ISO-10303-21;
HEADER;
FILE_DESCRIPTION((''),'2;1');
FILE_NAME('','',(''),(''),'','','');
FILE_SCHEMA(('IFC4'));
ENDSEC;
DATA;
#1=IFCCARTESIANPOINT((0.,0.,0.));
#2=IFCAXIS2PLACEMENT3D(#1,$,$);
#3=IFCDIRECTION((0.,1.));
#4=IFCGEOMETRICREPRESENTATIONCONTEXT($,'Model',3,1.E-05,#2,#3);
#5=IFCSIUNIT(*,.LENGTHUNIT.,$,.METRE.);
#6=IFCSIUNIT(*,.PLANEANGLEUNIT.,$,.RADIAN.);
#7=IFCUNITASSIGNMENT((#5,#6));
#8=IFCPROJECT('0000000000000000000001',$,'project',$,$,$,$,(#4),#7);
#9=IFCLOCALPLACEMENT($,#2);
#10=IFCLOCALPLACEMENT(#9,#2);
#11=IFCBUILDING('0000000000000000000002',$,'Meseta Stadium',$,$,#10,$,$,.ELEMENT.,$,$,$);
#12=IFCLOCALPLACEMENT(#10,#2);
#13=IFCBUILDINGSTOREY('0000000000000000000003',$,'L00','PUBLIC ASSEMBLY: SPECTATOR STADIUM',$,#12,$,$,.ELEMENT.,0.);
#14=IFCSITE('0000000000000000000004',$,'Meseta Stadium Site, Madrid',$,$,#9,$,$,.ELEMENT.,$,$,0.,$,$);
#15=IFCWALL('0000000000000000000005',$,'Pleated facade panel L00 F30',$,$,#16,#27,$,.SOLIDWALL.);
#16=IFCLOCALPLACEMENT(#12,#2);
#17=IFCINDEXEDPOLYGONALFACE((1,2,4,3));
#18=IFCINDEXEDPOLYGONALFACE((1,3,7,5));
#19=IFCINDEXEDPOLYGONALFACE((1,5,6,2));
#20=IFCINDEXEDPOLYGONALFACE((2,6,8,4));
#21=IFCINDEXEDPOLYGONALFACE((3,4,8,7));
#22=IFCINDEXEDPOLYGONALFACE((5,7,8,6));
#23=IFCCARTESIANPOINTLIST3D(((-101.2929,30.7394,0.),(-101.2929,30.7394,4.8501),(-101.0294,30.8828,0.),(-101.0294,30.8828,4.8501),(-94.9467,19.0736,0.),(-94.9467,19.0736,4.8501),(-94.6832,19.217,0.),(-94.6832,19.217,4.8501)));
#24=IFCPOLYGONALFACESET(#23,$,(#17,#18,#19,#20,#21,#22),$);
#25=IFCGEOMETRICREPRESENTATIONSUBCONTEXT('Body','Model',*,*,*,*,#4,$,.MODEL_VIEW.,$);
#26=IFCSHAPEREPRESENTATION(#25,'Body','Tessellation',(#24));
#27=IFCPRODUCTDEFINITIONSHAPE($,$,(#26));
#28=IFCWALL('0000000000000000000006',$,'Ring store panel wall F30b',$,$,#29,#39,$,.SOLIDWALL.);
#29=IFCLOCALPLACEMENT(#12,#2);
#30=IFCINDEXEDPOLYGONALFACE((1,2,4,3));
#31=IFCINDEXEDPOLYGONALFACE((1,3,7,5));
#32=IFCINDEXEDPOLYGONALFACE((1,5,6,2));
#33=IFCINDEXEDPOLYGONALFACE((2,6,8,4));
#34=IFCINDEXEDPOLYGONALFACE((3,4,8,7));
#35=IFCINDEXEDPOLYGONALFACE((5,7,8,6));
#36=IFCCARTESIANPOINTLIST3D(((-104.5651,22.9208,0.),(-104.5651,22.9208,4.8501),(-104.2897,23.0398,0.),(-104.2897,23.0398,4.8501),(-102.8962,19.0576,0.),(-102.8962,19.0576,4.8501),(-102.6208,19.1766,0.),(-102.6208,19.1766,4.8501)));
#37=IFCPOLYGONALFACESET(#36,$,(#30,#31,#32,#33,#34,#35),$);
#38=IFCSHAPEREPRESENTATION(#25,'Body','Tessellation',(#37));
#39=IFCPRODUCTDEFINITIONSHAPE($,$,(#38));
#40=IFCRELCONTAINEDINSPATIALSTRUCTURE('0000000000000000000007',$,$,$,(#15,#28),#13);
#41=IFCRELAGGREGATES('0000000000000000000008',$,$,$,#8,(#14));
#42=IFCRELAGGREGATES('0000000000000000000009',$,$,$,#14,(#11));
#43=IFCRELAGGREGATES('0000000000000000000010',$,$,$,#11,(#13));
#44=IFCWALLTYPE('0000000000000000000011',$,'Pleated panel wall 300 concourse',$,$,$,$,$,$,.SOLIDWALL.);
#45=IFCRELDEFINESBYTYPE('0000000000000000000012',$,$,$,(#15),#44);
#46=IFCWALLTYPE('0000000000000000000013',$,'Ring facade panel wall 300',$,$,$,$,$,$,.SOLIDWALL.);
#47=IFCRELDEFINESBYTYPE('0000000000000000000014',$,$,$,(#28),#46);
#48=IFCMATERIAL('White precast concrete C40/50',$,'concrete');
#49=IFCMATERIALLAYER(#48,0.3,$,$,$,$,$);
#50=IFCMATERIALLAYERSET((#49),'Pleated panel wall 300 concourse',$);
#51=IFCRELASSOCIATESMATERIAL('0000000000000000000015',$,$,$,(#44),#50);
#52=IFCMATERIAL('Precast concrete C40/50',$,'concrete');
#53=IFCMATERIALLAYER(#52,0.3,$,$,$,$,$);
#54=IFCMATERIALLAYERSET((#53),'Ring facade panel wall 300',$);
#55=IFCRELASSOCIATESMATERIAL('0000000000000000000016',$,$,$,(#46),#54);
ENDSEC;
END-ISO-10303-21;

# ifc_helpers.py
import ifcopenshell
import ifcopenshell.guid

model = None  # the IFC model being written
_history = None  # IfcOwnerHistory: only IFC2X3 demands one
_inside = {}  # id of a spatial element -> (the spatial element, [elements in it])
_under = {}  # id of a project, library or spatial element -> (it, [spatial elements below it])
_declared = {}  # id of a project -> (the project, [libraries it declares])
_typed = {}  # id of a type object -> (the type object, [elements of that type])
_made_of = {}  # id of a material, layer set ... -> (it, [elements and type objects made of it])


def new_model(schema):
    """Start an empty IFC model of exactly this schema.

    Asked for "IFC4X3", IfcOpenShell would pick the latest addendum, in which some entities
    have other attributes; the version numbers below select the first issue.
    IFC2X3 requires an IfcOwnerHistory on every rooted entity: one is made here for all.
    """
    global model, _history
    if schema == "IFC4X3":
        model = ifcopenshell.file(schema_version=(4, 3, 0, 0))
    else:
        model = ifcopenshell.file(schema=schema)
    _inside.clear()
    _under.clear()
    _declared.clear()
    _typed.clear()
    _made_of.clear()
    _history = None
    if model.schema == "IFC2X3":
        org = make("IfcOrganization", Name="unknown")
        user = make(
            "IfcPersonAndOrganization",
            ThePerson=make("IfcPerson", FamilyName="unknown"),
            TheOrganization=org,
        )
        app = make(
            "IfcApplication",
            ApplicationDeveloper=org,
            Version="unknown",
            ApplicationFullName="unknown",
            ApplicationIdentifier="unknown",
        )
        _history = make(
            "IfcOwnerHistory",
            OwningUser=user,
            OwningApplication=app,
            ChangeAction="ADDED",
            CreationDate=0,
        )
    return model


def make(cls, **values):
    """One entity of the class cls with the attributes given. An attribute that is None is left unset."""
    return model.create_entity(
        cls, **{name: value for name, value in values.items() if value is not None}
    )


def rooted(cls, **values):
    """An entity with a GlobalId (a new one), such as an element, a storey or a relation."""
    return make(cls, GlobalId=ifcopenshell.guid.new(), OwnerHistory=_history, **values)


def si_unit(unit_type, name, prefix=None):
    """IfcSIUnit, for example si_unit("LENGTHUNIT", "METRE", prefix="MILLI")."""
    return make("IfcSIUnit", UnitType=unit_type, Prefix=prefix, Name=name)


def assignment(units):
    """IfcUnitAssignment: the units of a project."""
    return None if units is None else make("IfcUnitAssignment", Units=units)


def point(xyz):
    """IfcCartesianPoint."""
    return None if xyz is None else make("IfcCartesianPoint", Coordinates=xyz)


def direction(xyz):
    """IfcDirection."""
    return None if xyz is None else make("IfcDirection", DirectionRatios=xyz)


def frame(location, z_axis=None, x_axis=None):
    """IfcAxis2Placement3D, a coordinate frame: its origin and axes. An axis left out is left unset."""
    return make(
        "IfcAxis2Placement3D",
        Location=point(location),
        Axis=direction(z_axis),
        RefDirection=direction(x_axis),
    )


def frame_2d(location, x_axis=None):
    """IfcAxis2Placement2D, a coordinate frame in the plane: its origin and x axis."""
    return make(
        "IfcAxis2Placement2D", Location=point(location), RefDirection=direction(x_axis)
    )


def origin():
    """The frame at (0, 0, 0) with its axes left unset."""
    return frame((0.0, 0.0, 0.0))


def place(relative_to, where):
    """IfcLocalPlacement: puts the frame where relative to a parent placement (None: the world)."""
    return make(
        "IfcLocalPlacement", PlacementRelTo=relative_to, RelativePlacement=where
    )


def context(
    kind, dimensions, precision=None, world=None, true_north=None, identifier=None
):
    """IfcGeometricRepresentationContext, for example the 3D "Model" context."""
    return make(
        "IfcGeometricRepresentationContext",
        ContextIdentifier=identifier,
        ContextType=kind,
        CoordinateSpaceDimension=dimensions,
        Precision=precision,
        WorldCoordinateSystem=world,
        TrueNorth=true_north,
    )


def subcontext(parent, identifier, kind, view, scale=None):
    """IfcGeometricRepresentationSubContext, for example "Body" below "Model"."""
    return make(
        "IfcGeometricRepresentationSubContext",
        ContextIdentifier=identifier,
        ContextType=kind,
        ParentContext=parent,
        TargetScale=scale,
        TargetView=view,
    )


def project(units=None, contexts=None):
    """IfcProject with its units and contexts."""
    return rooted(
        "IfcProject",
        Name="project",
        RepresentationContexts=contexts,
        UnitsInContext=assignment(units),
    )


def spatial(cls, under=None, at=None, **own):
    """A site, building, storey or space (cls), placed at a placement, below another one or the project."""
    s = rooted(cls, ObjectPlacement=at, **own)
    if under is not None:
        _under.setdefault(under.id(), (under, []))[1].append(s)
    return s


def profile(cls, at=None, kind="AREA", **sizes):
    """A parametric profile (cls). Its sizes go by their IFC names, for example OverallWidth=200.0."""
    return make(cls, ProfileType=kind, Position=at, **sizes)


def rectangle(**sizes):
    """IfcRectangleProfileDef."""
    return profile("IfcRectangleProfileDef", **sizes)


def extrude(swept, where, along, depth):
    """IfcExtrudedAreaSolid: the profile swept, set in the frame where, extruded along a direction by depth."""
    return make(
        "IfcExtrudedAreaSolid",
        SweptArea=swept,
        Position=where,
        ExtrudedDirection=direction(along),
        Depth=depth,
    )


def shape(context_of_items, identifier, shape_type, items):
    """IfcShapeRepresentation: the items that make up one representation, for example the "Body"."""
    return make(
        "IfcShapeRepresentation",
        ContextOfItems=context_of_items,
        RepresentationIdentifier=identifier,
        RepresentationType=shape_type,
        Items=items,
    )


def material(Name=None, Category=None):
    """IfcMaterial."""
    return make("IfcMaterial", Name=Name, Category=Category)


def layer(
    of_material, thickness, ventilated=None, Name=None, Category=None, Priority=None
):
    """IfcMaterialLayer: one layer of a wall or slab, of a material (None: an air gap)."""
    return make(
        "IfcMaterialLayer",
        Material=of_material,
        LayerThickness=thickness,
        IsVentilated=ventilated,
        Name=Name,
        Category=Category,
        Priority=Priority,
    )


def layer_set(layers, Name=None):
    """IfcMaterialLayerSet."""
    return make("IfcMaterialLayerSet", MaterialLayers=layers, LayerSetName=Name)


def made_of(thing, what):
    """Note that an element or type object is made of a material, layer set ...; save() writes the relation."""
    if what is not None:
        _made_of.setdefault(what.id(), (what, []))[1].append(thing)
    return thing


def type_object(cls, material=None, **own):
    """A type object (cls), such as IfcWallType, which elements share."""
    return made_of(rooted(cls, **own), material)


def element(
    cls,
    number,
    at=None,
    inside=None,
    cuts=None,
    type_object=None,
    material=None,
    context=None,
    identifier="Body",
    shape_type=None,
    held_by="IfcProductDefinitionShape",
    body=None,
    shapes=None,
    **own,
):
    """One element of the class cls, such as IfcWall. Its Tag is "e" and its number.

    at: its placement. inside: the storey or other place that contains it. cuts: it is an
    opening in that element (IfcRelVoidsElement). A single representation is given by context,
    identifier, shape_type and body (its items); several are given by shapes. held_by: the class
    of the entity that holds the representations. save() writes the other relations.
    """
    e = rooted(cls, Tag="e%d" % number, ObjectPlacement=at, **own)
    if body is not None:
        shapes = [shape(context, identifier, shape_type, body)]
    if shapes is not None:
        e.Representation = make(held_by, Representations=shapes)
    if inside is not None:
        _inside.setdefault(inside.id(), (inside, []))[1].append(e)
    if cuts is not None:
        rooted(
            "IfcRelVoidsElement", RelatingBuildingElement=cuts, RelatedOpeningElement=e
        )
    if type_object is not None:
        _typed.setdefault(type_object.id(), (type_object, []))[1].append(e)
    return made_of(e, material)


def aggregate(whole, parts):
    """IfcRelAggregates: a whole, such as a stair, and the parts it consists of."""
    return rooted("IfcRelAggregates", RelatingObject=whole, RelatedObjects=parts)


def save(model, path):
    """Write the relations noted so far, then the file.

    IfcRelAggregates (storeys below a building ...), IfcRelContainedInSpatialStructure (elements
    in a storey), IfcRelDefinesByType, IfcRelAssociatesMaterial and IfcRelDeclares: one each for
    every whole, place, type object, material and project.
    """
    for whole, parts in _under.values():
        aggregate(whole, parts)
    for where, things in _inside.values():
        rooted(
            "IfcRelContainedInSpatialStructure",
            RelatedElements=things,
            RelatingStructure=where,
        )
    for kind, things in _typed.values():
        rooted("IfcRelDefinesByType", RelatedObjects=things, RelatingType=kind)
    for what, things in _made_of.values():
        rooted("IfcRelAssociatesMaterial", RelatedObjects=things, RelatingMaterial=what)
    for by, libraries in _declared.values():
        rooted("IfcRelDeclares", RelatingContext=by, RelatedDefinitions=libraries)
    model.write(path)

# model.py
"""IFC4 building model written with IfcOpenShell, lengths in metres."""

from ifc_helpers import new_model, si_unit, direction, frame, frame_2d, origin, place, context, subcontext, project, spatial, rectangle, extrude, material, layer, layer_set, type_object, element, save


model = new_model("IFC4")

# Units and contexts
model_context = context("Model", 3, precision=1e-05, world=origin(), true_north=direction((0.0, 1.0)))
body_context = subcontext(model_context, "Body", "Model", "MODEL_VIEW")
ifc_project = project(units=[si_unit("LENGTHUNIT", "METRE"), si_unit("PLANEANGLEUNIT", "RADIAN")], contexts=[model_context])

# Site, building, storey
site_placement = place(None, origin())
site = spatial("IfcSite", under=ifc_project, at=site_placement, Name="Meseta Stadium Site, Madrid", CompositionType="ELEMENT", RefElevation=0.0)
building_placement = place(site_placement, origin())
building = spatial("IfcBuilding", under=site, at=building_placement, Name="Meseta Stadium", CompositionType="ELEMENT")
storey_placement = place(building_placement, origin())
storey = spatial("IfcBuildingStorey", under=building, at=storey_placement, Name="L00", Description="PUBLIC ASSEMBLY: SPECTATOR STADIUM", CompositionType="ELEMENT", Elevation=0.0)

# Walls
ifc_material_1 = material(Name="White precast concrete C40/50", Category="concrete")
ifc_layer_1 = layer(ifc_material_1, 0.3)
ifc_layer_set_1 = layer_set([ifc_layer_1], Name="Pleated panel wall 300 concourse")
wall_type_1 = type_object("IfcWallType", Name="Pleated panel wall 300 concourse", PredefinedType="SOLIDWALL", material=ifc_layer_set_1)
wall_1_placement = place(storey_placement, frame((-94.8149, 19.1453, 0.0), z_axis=(0.0, 0.0, 1.0), x_axis=(-0.477868, 0.878432, 0.0)))
element("IfcWall", 1, at=wall_1_placement, inside=storey, type_object=wall_type_1, Name="Pleated facade panel L00 F30", PredefinedType="SOLIDWALL", context=body_context, shape_type="SweptSolid", body=[
    extrude(rectangle(XDim=13.2803, YDim=0.3, at=frame_2d((6.6401, 0.0))), origin(), (0.0, 0.0, 1.0), 4.8501),
])
ifc_material_2 = material(Name="Precast concrete C40/50", Category="concrete")
ifc_layer_2 = layer(ifc_material_2, 0.3)
ifc_layer_set_2 = layer_set([ifc_layer_2], Name="Ring facade panel wall 300")
wall_type_2 = type_object("IfcWallType", Name="Ring facade panel wall 300", PredefinedType="SOLIDWALL", material=ifc_layer_set_2)
wall_2_placement = place(storey_placement, frame((-102.7585, 19.1172, 0.0), z_axis=(0.0, 0.0, 1.0), x_axis=(-0.396578, 0.918001, 0.0)))
element("IfcWall", 2, at=wall_2_placement, inside=storey, type_object=wall_type_2, Name="Ring store panel wall F30b", PredefinedType="SOLIDWALL", context=body_context, shape_type="SweptSolid", body=[
    extrude(rectangle(XDim=4.2083, YDim=0.3, at=frame_2d((2.104, 0.0))), origin(), (0.0, 0.0, 1.0), 4.8501),
])

save(model, "model.ifc")
